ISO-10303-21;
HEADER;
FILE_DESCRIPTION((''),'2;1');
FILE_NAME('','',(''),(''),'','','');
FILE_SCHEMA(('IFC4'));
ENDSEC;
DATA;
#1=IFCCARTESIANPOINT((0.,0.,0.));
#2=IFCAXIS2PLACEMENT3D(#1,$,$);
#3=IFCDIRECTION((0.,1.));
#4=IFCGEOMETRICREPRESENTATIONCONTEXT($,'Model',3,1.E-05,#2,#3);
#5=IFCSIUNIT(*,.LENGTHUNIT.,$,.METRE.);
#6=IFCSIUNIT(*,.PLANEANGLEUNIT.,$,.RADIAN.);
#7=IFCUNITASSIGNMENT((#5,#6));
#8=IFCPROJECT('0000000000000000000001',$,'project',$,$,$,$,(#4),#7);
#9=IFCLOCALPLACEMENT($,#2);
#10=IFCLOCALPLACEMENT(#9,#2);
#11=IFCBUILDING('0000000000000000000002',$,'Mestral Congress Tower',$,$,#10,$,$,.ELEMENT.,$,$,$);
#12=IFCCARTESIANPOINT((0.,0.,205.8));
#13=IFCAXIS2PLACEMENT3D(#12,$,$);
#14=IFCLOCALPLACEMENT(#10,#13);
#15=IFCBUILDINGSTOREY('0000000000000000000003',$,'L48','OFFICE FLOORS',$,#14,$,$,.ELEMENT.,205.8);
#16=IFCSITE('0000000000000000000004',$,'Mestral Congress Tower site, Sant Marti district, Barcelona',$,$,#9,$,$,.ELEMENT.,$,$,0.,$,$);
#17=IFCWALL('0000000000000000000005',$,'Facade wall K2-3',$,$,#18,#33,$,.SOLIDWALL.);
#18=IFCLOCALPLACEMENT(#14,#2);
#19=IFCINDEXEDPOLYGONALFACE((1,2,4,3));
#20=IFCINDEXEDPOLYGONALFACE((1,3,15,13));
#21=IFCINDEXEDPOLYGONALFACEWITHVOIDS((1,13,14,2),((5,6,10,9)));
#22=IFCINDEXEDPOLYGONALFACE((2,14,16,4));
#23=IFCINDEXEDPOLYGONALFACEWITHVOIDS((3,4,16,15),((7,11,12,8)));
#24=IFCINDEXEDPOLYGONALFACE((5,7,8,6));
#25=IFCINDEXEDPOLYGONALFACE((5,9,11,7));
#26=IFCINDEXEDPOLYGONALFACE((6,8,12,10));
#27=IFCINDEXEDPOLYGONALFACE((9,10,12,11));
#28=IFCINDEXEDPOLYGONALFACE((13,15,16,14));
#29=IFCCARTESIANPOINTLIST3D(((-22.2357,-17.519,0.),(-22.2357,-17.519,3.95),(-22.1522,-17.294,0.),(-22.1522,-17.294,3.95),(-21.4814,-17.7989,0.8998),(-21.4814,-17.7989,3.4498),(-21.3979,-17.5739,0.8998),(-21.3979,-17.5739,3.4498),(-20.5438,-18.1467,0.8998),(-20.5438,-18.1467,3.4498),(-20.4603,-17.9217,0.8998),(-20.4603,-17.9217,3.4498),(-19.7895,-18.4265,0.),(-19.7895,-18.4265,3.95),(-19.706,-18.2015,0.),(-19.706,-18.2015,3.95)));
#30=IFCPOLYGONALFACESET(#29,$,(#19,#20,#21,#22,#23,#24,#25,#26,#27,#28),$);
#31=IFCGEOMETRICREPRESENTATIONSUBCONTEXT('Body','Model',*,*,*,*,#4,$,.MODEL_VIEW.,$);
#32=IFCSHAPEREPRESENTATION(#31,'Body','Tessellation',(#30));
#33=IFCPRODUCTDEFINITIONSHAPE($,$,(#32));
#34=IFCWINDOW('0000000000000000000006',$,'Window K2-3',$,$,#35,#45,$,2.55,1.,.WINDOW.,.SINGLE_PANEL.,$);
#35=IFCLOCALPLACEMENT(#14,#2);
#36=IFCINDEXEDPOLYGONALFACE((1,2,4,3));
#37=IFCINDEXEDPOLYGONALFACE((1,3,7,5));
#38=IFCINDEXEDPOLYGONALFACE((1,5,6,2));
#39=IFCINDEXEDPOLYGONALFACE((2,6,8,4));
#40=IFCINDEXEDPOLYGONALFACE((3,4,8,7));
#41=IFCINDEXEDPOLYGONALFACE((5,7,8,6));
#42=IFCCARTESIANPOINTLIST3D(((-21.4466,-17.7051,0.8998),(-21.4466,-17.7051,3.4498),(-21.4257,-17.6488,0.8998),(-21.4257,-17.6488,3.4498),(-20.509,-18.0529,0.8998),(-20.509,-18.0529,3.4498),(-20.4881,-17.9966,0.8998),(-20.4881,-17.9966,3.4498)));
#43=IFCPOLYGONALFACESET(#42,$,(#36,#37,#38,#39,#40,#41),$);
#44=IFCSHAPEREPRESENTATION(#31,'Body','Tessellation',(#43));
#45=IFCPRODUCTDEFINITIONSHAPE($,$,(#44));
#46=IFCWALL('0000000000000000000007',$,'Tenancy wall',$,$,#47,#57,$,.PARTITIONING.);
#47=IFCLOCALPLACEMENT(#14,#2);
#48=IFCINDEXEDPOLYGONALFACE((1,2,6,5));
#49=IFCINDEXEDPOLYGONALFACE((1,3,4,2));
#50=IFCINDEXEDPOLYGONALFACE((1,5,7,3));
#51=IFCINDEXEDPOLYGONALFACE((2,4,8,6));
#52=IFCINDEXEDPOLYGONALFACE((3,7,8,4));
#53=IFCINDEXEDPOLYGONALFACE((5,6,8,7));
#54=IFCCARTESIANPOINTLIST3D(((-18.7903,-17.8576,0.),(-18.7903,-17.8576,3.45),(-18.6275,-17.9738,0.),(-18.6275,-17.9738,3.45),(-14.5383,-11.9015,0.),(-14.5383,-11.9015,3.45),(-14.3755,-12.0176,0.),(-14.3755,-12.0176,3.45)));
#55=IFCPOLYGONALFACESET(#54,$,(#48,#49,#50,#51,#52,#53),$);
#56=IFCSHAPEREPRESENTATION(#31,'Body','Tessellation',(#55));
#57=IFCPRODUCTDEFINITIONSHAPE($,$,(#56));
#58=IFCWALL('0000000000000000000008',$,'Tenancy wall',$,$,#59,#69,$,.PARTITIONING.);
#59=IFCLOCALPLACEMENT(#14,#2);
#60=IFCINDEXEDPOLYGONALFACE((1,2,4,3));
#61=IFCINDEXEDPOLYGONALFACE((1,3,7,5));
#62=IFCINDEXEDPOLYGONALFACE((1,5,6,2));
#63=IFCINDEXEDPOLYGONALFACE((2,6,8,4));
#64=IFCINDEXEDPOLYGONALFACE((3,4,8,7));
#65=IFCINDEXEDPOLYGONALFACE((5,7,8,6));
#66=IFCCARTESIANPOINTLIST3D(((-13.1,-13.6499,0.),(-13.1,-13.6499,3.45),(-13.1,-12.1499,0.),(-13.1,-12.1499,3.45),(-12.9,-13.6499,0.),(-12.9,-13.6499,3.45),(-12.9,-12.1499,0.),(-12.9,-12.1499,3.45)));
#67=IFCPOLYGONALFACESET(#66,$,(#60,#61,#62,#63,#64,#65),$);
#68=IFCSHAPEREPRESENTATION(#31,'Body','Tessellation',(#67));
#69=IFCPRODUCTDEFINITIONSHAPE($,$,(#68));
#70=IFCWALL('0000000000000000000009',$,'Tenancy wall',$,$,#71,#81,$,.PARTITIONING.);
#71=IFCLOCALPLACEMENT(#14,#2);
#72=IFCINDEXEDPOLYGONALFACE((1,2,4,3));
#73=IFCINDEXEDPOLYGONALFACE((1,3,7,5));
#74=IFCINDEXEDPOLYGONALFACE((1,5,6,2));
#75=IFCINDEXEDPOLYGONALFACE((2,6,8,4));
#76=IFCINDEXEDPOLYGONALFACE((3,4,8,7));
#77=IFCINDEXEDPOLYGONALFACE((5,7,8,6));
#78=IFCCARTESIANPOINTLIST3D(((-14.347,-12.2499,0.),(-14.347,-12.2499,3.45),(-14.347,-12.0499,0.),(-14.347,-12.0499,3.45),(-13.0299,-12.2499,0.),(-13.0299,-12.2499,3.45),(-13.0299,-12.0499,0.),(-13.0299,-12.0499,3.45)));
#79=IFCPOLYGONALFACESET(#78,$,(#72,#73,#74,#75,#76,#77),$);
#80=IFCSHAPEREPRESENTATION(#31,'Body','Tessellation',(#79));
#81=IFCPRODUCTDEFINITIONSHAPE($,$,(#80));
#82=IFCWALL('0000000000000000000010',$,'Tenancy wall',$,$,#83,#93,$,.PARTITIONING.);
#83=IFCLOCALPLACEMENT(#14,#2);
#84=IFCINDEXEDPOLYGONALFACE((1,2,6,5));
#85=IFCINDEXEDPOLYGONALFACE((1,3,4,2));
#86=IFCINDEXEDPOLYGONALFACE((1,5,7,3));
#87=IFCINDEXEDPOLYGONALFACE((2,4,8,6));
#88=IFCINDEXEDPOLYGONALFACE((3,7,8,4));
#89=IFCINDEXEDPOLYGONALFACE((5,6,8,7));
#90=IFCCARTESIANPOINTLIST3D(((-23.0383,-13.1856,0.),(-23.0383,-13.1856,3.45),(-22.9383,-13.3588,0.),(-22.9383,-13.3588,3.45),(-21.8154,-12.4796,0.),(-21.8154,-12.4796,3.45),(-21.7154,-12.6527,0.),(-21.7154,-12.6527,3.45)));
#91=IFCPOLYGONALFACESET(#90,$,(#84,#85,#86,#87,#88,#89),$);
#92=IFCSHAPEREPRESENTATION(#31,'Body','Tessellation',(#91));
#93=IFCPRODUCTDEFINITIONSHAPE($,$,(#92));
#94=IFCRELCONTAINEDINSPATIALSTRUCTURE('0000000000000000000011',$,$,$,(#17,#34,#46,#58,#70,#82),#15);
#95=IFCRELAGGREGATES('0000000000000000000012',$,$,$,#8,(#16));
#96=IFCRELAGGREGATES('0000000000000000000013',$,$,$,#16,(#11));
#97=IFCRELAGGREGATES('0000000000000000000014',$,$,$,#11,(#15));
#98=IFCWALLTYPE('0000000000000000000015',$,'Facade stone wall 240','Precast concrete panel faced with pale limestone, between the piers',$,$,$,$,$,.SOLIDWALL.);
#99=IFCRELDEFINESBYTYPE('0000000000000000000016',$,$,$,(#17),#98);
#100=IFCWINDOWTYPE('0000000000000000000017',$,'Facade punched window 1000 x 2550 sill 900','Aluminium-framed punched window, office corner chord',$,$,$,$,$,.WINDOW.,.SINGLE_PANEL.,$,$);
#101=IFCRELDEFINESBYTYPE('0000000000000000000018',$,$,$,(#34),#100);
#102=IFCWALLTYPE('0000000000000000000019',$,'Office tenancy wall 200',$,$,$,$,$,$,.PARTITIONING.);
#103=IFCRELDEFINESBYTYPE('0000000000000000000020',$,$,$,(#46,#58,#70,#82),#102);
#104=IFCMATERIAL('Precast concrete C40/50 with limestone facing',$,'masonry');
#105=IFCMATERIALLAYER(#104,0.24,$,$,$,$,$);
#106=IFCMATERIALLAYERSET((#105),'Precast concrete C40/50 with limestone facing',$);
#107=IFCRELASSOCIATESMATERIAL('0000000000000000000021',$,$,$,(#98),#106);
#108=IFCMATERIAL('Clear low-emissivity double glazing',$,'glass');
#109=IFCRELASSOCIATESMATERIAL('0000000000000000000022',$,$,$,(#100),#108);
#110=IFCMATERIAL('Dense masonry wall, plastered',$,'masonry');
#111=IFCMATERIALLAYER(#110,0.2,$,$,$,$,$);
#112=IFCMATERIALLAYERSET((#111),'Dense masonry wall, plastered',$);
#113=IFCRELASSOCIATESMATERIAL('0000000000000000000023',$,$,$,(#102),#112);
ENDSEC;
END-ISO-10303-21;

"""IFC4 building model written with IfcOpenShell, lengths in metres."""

from ifc_helpers import new_model, si_unit, direction, frame, frame_2d, origin, place, context, subcontext, project, spatial, rectangle, extrude, material, layer, layer_set, type_object, element, fill, save


model = new_model("IFC4")

# Units and contexts
model_context = context("Model", 3, precision=1e-05, world=origin(), true_north=direction((0.0, 1.0)))
body_context = subcontext(model_context, "Body", "Model", "MODEL_VIEW")
ifc_project = project(units=[si_unit("LENGTHUNIT", "METRE"), si_unit("PLANEANGLEUNIT", "RADIAN")], contexts=[model_context])

# Site, building, storey
site_placement = place(None, origin())
site = spatial("IfcSite", under=ifc_project, at=site_placement, Name="Mestral Congress Tower site, Sant Marti district, Barcelona", CompositionType="ELEMENT", RefElevation=0.0)
building_placement = place(site_placement, origin())
building = spatial("IfcBuilding", under=site, at=building_placement, Name="Mestral Congress Tower", CompositionType="ELEMENT")
storey_placement = place(building_placement, frame((0.0, 0.0, 205.8)))
storey = spatial("IfcBuildingStorey", under=building, at=storey_placement, Name="L48", Description="OFFICE FLOORS", CompositionType="ELEMENT", Elevation=205.8)

# Shared definitions
ifc_material_1 = material(Name="Precast concrete C40/50 with limestone facing", Category="masonry")
ifc_layer_1 = layer(ifc_material_1, 0.24)
ifc_layer_set_1 = layer_set([ifc_layer_1], Name="Precast concrete C40/50 with limestone facing")
wall_type_1 = type_object("IfcWallType", Name="Facade stone wall 240", Description="Precast concrete panel faced with pale limestone, between the piers", PredefinedType="SOLIDWALL", material=ifc_layer_set_1)
ifc_material_2 = material(Name="Clear low-emissivity double glazing", Category="glass")

# Wall, opening, window
window_type_1 = type_object("IfcWindowType", Name="Facade punched window 1000 x 2550 sill 900", Description="Aluminium-framed punched window, office corner chord", PartitioningType="SINGLE_PANEL", PredefinedType="WINDOW", material=ifc_material_2)
wall_1_placement = place(storey_placement, frame((-22.1941, -17.4065, 0.0), z_axis=(0.0, 0.0, 1.0), x_axis=(0.937569, -0.347799, 0.0)))
wall_1 = element("IfcWall", 1, at=wall_1_placement, inside=storey, type_object=wall_type_1, Name="Facade wall K2-3", PredefinedType="SOLIDWALL", context=body_context, shape_type="SweptSolid", body=[
    extrude(rectangle(XDim=2.6091, YDim=0.24, at=frame_2d((1.3047, 0.0))), origin(), (0.0, 0.0, 1.0), 3.95),
])
opening_1_placement = place(wall_1_placement, frame((0.8047, 0.0, 0.8999)))
opening_1 = element("IfcOpeningElement", 2, at=opening_1_placement, cuts=wall_1, PredefinedType="OPENING", context=body_context, shape_type="SweptSolid", body=[
    extrude(rectangle(XDim=1.0, YDim=2.55, at=frame_2d((0.5, 1.2749))), frame((0.0, 0.1299, 0.0), z_axis=(0.0, -1.0, 0.0), x_axis=(1.0, 0.0, 0.0)), (0.0, 0.0, 1.0), 0.26),
])
window_1_placement = place(opening_1_placement, origin())
window_1 = element("IfcWindow", 3, at=window_1_placement, inside=storey, type_object=window_type_1, Name="Window K2-3", OverallHeight=2.55, OverallWidth=1.0, PartitioningType="SINGLE_PANEL", PredefinedType="WINDOW", context=body_context, shape_type="SweptSolid", body=[
    extrude(rectangle(XDim=1.0, YDim=2.55, at=frame_2d((0.5, 1.2749))), frame((0.0, 0.04, 0.0), z_axis=(0.0, -1.0, 0.0), x_axis=(1.0, 0.0, 0.0)), (0.0, 0.0, 1.0), 0.0601),
])
fill(opening_1, window_1)

# Walls
ifc_material_3 = material(Name="Dense masonry wall, plastered", Category="masonry")
ifc_layer_2 = layer(ifc_material_3, 0.2)
ifc_layer_set_2 = layer_set([ifc_layer_2], Name="Dense masonry wall, plastered")
wall_type_2 = type_object("IfcWallType", Name="Office tenancy wall 200", PredefinedType="PARTITIONING", material=ifc_layer_set_2)
wall_2_placement = place(storey_placement, frame((-18.709, -17.9158, 0.0), z_axis=(0.0, 0.0, 1.0), x_axis=(0.581024, 0.813887, 0.0)))
element("IfcWall", 4, at=wall_2_placement, inside=storey, type_object=wall_type_2, Name="Tenancy wall", PredefinedType="PARTITIONING", context=body_context, shape_type="SweptSolid", body=[
    extrude(rectangle(XDim=7.3181, YDim=0.2, at=frame_2d((3.6592, 0.0))), origin(), (0.0, 0.0, 1.0), 3.45),
])
wall_3_placement = place(storey_placement, frame((-13.0, -12.1499, 0.0), z_axis=(0.0, 0.0, 1.0), x_axis=(0.0, -1.0, 0.0)))
element("IfcWall", 5, at=wall_3_placement, inside=storey, type_object=wall_type_2, Name="Tenancy wall", PredefinedType="PARTITIONING", context=body_context, shape_type="SweptSolid", body=[
    extrude(rectangle(XDim=1.5, YDim=0.2, at=frame_2d((0.75, 0.0))), origin(), (0.0, 0.0, 1.0), 3.45),
])
wall_4_placement = place(storey_placement, frame((-14.3472, -12.1499, 0.0), z_axis=(0.0, 0.0, 1.0), x_axis=(1.0, 0.0, 0.0)))
element("IfcWall", 6, at=wall_4_placement, inside=storey, type_object=wall_type_2, Name="Tenancy wall", PredefinedType="PARTITIONING", context=body_context, shape_type="SweptSolid", body=[
    extrude(rectangle(XDim=1.3171, YDim=0.2, at=frame_2d((0.6587, 0.0))), origin(), (0.0, 0.0, 1.0), 3.45),
])
wall_5_placement = place(storey_placement, frame((-21.7654, -12.5662, 0.0), z_axis=(0.0, 0.0, 1.0), x_axis=(-0.866021, -0.500007, 0.0)))
element("IfcWall", 7, at=wall_5_placement, inside=storey, type_object=wall_type_2, Name="Tenancy wall", PredefinedType="PARTITIONING", context=body_context, shape_type="SweptSolid", body=[
    extrude(rectangle(XDim=1.4121, YDim=0.2, at=frame_2d((0.7061, 0.0))), origin(), (0.0, 0.0, 1.0), 3.45),
])

save(model, "model.ifc")
